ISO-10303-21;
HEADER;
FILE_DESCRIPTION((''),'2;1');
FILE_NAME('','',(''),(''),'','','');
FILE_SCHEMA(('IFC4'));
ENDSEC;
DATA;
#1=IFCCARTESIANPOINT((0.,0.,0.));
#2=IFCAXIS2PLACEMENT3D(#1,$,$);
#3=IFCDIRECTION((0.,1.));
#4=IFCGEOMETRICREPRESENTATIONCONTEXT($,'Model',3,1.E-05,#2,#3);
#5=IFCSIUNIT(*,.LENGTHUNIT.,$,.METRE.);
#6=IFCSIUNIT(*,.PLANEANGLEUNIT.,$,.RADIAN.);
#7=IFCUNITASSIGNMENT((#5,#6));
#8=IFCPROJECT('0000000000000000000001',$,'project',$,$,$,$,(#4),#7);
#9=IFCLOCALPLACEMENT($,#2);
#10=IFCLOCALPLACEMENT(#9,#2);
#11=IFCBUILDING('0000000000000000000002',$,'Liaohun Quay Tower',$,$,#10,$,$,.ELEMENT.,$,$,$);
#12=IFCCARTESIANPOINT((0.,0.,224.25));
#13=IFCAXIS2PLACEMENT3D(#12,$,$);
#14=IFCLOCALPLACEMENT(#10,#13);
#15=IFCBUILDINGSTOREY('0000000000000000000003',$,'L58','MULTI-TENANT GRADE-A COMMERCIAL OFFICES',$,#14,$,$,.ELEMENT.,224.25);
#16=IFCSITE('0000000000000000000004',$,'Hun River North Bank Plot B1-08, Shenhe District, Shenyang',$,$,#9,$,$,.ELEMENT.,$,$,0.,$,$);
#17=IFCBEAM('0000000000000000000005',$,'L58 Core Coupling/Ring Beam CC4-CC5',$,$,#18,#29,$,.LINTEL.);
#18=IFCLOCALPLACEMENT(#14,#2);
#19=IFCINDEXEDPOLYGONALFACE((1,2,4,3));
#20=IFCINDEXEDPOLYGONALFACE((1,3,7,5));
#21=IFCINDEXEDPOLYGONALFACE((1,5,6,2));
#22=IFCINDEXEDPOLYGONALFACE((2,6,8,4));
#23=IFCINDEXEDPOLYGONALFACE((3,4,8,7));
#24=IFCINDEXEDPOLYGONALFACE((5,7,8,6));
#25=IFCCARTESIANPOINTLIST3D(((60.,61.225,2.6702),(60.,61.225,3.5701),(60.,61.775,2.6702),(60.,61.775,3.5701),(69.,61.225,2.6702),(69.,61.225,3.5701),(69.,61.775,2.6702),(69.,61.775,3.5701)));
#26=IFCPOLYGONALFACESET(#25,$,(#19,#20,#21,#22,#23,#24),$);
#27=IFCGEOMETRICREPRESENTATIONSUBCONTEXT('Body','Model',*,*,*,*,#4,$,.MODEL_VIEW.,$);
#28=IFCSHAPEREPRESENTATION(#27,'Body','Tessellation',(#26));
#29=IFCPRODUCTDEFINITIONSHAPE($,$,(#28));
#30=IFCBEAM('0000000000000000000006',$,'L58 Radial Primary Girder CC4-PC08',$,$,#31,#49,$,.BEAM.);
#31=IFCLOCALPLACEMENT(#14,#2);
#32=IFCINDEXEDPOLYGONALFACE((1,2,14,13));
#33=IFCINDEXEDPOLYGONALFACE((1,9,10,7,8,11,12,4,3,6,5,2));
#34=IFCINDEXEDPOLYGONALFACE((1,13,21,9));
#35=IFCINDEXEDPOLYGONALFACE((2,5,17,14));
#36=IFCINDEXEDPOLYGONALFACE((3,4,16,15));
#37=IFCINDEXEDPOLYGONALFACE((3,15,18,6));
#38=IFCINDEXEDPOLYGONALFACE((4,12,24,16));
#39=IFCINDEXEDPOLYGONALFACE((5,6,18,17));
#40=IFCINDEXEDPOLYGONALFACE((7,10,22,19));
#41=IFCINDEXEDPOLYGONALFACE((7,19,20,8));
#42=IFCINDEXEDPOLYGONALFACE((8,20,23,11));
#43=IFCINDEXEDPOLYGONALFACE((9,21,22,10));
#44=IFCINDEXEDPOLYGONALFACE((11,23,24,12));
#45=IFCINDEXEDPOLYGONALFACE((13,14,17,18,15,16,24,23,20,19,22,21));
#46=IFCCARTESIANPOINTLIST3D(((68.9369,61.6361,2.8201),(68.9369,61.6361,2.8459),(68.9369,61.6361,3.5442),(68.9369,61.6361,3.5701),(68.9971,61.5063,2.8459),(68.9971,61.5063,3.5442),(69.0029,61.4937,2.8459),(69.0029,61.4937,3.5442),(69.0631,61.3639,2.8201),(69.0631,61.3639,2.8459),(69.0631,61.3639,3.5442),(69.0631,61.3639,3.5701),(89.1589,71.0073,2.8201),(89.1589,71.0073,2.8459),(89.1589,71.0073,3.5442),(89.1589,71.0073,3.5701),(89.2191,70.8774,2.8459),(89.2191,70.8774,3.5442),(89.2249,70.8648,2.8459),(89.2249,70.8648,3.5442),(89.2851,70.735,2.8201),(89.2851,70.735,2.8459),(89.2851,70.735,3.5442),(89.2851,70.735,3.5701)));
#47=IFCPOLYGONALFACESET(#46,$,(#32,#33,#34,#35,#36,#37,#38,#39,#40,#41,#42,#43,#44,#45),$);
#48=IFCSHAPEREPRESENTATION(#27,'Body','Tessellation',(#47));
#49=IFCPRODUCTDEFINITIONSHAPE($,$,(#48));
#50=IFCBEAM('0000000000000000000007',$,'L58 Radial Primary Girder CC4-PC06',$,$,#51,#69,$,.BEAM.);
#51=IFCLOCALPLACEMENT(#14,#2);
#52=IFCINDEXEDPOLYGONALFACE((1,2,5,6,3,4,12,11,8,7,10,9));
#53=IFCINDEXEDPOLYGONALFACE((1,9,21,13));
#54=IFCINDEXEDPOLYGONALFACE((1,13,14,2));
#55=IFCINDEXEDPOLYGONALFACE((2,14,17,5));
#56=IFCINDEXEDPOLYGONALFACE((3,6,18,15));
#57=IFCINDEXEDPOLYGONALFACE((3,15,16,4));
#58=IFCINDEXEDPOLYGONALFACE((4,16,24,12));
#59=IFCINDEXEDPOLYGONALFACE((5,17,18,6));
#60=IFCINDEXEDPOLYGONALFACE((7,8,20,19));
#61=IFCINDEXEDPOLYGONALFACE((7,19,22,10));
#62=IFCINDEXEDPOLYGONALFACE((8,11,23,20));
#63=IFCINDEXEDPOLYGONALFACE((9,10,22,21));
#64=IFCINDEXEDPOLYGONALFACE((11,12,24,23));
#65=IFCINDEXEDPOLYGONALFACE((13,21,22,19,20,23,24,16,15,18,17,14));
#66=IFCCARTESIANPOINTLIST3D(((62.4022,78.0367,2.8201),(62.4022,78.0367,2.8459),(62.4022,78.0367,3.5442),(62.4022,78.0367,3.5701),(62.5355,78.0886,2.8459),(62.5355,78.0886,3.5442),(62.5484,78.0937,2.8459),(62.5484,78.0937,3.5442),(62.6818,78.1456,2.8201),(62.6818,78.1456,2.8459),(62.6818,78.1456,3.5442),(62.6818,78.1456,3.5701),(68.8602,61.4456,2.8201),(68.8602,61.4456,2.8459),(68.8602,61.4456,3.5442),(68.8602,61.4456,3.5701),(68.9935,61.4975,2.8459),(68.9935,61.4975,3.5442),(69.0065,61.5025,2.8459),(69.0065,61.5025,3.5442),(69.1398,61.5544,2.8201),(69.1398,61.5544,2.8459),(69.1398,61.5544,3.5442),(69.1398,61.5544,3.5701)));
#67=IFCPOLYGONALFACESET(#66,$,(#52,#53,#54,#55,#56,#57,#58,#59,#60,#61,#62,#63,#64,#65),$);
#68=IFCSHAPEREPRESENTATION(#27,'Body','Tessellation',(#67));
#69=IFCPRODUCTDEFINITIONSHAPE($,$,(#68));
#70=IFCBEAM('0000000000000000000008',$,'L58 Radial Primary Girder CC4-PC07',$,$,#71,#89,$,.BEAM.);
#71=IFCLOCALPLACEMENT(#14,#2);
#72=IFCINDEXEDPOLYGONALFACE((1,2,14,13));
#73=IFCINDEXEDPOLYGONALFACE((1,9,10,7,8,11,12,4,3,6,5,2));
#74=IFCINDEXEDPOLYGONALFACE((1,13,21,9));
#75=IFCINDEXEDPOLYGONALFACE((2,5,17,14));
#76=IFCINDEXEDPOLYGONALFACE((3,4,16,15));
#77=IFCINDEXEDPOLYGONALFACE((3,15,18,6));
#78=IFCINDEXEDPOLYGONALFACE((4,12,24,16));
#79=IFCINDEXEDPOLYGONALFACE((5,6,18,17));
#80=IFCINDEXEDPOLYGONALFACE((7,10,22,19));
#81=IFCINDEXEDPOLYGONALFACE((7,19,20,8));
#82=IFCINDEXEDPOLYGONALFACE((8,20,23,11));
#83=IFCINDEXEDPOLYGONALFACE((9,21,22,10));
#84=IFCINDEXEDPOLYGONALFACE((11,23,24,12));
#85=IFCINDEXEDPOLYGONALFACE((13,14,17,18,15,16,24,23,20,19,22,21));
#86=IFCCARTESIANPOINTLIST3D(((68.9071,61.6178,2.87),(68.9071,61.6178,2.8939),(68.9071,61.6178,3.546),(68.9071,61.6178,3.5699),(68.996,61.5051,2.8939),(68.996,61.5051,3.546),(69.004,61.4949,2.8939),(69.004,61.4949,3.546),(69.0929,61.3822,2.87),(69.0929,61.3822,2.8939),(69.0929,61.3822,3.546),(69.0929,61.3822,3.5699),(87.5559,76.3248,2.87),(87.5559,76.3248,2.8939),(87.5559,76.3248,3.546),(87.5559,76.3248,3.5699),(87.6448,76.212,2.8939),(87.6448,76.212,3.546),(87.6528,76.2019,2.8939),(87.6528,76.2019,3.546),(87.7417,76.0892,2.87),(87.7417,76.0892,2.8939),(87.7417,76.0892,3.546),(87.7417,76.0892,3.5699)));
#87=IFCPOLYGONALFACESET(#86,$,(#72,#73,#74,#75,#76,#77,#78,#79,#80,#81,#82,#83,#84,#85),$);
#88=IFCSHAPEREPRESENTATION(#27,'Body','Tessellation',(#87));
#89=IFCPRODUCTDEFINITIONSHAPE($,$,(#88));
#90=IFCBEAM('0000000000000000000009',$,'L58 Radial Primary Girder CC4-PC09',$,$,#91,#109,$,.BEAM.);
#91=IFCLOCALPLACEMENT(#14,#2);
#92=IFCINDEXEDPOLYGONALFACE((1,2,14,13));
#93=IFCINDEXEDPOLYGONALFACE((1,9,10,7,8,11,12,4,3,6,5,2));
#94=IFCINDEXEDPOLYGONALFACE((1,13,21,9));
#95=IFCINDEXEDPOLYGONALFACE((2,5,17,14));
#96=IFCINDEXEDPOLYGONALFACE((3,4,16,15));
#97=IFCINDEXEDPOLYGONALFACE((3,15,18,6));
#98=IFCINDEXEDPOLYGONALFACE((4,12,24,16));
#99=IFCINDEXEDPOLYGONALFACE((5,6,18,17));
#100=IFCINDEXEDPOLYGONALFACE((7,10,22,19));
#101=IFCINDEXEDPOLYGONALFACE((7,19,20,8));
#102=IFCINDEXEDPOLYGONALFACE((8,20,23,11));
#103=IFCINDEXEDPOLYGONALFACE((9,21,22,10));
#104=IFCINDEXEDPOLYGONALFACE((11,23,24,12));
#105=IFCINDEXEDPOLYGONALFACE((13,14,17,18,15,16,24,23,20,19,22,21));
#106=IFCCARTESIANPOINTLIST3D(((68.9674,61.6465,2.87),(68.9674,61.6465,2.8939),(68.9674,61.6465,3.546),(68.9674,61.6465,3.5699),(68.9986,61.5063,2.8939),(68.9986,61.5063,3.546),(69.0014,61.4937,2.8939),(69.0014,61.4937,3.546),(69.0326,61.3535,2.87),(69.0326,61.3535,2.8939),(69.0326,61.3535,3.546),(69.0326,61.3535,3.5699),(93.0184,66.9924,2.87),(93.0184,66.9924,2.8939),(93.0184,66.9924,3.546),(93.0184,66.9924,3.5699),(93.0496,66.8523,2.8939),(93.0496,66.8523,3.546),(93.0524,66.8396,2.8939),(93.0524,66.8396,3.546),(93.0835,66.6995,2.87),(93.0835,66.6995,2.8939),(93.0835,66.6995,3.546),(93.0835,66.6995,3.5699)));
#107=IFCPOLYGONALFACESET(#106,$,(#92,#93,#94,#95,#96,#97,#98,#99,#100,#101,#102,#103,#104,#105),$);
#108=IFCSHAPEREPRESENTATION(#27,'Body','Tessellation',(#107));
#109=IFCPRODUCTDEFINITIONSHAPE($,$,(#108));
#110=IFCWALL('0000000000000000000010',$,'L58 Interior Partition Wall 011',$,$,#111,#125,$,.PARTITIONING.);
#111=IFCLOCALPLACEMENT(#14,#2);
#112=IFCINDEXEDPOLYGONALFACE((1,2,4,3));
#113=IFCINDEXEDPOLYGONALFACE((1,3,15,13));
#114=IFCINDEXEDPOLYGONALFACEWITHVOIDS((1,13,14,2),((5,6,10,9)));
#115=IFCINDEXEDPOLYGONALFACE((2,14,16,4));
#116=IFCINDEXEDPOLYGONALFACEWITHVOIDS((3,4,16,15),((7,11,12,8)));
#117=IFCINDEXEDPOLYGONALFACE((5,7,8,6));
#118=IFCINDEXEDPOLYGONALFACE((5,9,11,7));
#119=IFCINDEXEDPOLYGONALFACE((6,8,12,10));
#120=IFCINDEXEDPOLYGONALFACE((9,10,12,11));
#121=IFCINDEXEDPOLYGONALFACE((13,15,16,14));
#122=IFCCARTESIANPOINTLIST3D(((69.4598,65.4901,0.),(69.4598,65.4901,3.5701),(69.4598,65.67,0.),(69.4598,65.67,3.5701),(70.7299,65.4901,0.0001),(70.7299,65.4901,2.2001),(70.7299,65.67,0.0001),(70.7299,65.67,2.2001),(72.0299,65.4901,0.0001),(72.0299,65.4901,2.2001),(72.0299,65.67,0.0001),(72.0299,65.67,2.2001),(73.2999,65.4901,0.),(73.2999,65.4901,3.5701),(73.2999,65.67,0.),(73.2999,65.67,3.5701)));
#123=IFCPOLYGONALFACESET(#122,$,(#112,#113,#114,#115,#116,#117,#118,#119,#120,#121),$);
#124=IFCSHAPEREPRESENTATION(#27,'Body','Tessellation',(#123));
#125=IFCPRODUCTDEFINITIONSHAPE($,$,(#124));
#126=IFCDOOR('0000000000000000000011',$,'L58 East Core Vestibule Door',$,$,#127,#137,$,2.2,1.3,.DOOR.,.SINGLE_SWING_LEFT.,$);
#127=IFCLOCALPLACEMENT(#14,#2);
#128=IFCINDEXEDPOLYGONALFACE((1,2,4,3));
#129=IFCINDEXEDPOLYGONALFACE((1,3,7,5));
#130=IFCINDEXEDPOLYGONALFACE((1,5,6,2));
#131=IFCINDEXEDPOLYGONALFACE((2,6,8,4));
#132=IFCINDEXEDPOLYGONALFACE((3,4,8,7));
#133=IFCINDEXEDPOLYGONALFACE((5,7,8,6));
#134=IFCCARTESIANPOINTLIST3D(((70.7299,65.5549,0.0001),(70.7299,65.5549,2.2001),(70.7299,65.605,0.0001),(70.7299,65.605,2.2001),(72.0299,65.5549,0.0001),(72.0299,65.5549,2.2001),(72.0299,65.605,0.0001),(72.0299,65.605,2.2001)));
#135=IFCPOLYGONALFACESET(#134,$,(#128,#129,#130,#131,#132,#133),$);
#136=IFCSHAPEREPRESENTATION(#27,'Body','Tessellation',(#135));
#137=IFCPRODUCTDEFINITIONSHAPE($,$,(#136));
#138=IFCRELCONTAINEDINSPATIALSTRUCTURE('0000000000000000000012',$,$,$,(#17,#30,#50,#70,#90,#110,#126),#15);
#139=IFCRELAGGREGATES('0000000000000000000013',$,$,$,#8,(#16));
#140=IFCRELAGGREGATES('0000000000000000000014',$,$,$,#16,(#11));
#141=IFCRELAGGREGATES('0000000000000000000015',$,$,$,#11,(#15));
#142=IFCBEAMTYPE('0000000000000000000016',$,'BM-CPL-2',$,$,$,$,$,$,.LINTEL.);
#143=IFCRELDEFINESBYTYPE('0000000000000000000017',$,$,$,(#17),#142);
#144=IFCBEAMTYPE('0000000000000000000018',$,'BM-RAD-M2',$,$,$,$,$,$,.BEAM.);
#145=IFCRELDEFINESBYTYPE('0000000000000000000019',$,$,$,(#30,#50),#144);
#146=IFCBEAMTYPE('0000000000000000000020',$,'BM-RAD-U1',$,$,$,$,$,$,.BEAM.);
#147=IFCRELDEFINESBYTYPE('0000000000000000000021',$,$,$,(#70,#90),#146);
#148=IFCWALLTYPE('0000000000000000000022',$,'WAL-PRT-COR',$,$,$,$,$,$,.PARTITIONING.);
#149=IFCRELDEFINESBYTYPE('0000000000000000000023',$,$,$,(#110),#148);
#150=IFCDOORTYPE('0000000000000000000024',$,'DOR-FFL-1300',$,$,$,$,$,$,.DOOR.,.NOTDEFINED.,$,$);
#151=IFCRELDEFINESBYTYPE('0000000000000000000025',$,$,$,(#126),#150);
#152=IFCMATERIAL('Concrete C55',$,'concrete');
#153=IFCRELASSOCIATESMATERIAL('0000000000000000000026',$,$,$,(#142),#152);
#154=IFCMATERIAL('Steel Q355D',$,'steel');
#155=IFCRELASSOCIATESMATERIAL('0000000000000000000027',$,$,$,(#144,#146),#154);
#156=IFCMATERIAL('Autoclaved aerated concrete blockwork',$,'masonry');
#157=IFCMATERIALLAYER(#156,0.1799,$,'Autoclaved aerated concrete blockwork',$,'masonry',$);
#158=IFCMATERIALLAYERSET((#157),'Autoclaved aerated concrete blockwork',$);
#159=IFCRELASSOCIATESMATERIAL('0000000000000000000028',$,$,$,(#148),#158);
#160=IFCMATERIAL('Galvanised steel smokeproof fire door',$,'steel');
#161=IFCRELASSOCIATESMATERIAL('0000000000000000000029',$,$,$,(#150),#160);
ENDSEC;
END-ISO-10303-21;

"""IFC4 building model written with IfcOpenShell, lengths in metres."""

from ifc_helpers import new_model, si_unit, direction, frame, frame_2d, origin, origin_2d, place, context, subcontext, project, spatial, rectangle, i_section, extrude, source, transform, mapped, material, layer, layer_set, material_profile, profile_set, type_object, element, fill, save


model = new_model("IFC4")

# Units and contexts
model_context = context("Model", 3, precision=1e-05, world=origin(), true_north=direction((0.0, 1.0)))
body_context = subcontext(model_context, "Body", "Model", "MODEL_VIEW")
ifc_project = project(units=[si_unit("LENGTHUNIT", "METRE"), si_unit("PLANEANGLEUNIT", "RADIAN")], contexts=[model_context])

# Site, building, storey
site_placement = place(None, origin())
site = spatial("IfcSite", under=ifc_project, at=site_placement, Name="Hun River North Bank Plot B1-08, Shenhe District, Shenyang", CompositionType="ELEMENT", RefElevation=0.0)
building_placement = place(site_placement, origin())
building = spatial("IfcBuilding", under=site, at=building_placement, Name="Liaohun Quay Tower", CompositionType="ELEMENT")
storey_placement = place(building_placement, frame((0.0, 0.0, 224.25)))
storey = spatial("IfcBuildingStorey", under=building, at=storey_placement, Name="L58", Description="MULTI-TENANT GRADE-A COMMERCIAL OFFICES", CompositionType="ELEMENT", Elevation=224.25)

# Beams
ifc_material_1 = material(Name="Concrete C55", Category="concrete")
ifc_material_profile_1 = material_profile(ifc_material_1, rectangle(XDim=0.55, YDim=0.8999, at=origin_2d()), Name="RC550x900")
ifc_profile_set_1 = profile_set([ifc_material_profile_1], Name="Concrete C55")
beam_type_1 = type_object("IfcBeamType", Name="BM-CPL-2", PredefinedType="LINTEL", material=ifc_profile_set_1)
shared_shape_1 = source(origin(), body_context, "Body", "SweptSolid", [
    extrude(rectangle(XDim=0.55, YDim=0.8999, at=origin_2d()), origin(), (0.0, 0.0, 1.0), 9.0),
])
beam_1_placement = place(storey_placement, frame((69.0, 61.5, 3.1201), z_axis=(-1.0, 0.0, 0.0), x_axis=(0.0, -1.0, 0.0)))
element("IfcBeam", 1, at=beam_1_placement, inside=storey, type_object=beam_type_1, Name="L58 Core Coupling/Ring Beam CC4-CC5", PredefinedType="LINTEL", context=body_context, shape_type="MappedRepresentation", body=[
    mapped(shared_shape_1, transform((0.0, 0.0, 0.0), x_axis=(1.0, 0.0, 0.0), y_axis=(0.0, 1.0, 0.0), z_axis=(0.0, 0.0, 1.0), scale=1.0)),
])
ifc_material_2 = material(Name="Steel Q355D", Category="steel")
ifc_material_profile_2 = material_profile(ifc_material_2, i_section(OverallWidth=0.3, OverallDepth=0.75, WebThickness=0.0139, FlangeThickness=0.0259, at=origin_2d()), Name="HN750x300x14x26")
ifc_profile_set_2 = profile_set([ifc_material_profile_2], Name="Steel Q355D")
beam_type_2 = type_object("IfcBeamType", Name="BM-RAD-M2", PredefinedType="BEAM", material=ifc_profile_set_2)
shared_shape_2 = source(origin(), body_context, "Body", "SweptSolid", [
    extrude(i_section(OverallWidth=0.3, OverallDepth=0.75, WebThickness=0.0139, FlangeThickness=0.0259, at=origin_2d()), origin(), (0.0, 0.0, 1.0), 22.2878),
])
beam_2_placement = place(storey_placement, frame((69.0, 61.5, 3.1951), z_axis=(0.907311, 0.420459, 0.0), x_axis=(-0.420459, 0.907311, 0.0)))
element("IfcBeam", 2, at=beam_2_placement, inside=storey, type_object=beam_type_2, Name="L58 Radial Primary Girder CC4-PC08", PredefinedType="BEAM", context=body_context, shape_type="MappedRepresentation", body=[
    mapped(shared_shape_2, transform((0.0, 0.0, 0.0), x_axis=(1.0, 0.0, 0.0), y_axis=(0.0, 1.0, 0.0), z_axis=(0.0, 0.0, 1.0), scale=1.0)),
])
shared_shape_3 = source(origin(), body_context, "Body", "SweptSolid", [
    extrude(i_section(OverallWidth=0.3, OverallDepth=0.75, WebThickness=0.0139, FlangeThickness=0.0259, at=origin_2d()), origin(), (0.0, 0.0, 1.0), 17.8037),
])
beam_3_placement = place(storey_placement, frame((69.0, 61.5, 3.1951), z_axis=(-0.362735, 0.931892, 0.0), x_axis=(-0.931892, -0.362735, 0.0)))
element("IfcBeam", 3, at=beam_3_placement, inside=storey, type_object=beam_type_2, Name="L58 Radial Primary Girder CC4-PC06", PredefinedType="BEAM", context=body_context, shape_type="MappedRepresentation", body=[
    mapped(shared_shape_3, transform((0.0, 0.0, 0.0), x_axis=(1.0, 0.0, 0.0), y_axis=(0.0, 1.0, 0.0), z_axis=(0.0, 0.0, 1.0), scale=1.0)),
])
ifc_material_profile_3 = material_profile(ifc_material_2, i_section(OverallWidth=0.3, OverallDepth=0.7, WebThickness=0.0129, FlangeThickness=0.0239, at=origin_2d()), Name="HN700x300x13x24")
ifc_profile_set_3 = profile_set([ifc_material_profile_3], Name="Steel Q355D")
beam_type_3 = type_object("IfcBeamType", Name="BM-RAD-U1", PredefinedType="BEAM", material=ifc_profile_set_3)
shared_shape_4 = source(origin(), body_context, "Body", "SweptSolid", [
    extrude(i_section(OverallWidth=0.3, OverallDepth=0.7, WebThickness=0.0129, FlangeThickness=0.0239, at=origin_2d()), origin(), (0.0, 0.0, 1.0), 23.7502),
])
beam_4_placement = place(storey_placement, frame((69.0, 61.5, 3.22), z_axis=(0.785206, 0.619234, 0.0), x_axis=(-0.619234, 0.785206, 0.0)))
element("IfcBeam", 4, at=beam_4_placement, inside=storey, type_object=beam_type_3, Name="L58 Radial Primary Girder CC4-PC07", PredefinedType="BEAM", context=body_context, shape_type="MappedRepresentation", body=[
    mapped(shared_shape_4, transform((0.0, 0.0, 0.0), x_axis=(1.0, 0.0, 0.0), y_axis=(0.0, 1.0, 0.0), z_axis=(0.0, 0.0, 1.0), scale=1.0)),
])
shared_shape_5 = source(origin(), body_context, "Body", "SweptSolid", [
    extrude(i_section(OverallWidth=0.3, OverallDepth=0.7, WebThickness=0.0129, FlangeThickness=0.0239, at=origin_2d()), origin(), (0.0, 0.0, 1.0), 24.6379),
])
beam_5_placement = place(storey_placement, frame((69.0, 61.5, 3.22), z_axis=(0.976176, 0.21698, 0.0), x_axis=(-0.21698, 0.976176, 0.0)))
element("IfcBeam", 5, at=beam_5_placement, inside=storey, type_object=beam_type_3, Name="L58 Radial Primary Girder CC4-PC09", PredefinedType="BEAM", context=body_context, shape_type="MappedRepresentation", body=[
    mapped(shared_shape_5, transform((0.0, 0.0, 0.0), x_axis=(1.0, 0.0, 0.0), y_axis=(0.0, 1.0, 0.0), z_axis=(0.0, 0.0, 1.0), scale=1.0)),
])

# Wall, opening, door
ifc_material_3 = material(Name="Autoclaved aerated concrete blockwork", Category="masonry")
ifc_layer_1 = layer(ifc_material_3, 0.1799, Name="Autoclaved aerated concrete blockwork", Category="masonry")
ifc_layer_set_1 = layer_set([ifc_layer_1], Name="Autoclaved aerated concrete blockwork")
wall_type_1 = type_object("IfcWallType", Name="WAL-PRT-COR", PredefinedType="PARTITIONING", material=ifc_layer_set_1)
wall_1_placement = place(storey_placement, frame((69.46, 65.5801, 0.0), z_axis=(0.0, 0.0, 1.0), x_axis=(1.0, 0.0, 0.0)))
wall_1 = element("IfcWall", 6, at=wall_1_placement, inside=storey, type_object=wall_type_1, Name="L58 Interior Partition Wall 011", PredefinedType="PARTITIONING", context=body_context, shape_type="SweptSolid", body=[
    extrude(rectangle(XDim=3.8401, YDim=0.1799, at=frame_2d((1.9199, 0.0))), origin(), (0.0, 0.0, 1.0), 3.5701),
])
shared_shape_6 = source(origin(), body_context, "Body", "SweptSolid", [
    extrude(rectangle(XDim=1.3, YDim=2.2, at=frame_2d((0.6499, 1.1001))), frame((0.0, 0.0999, 0.0), z_axis=(0.0, -1.0, 0.0), x_axis=(1.0, 0.0, 0.0)), (0.0, 0.0, 1.0), 0.2),
])
opening_1_placement = place(wall_1_placement, frame((1.27, 0.0, 0.0)))
opening_1 = element("IfcOpeningElement", 7, at=opening_1_placement, cuts=wall_1, PredefinedType="OPENING", context=body_context, shape_type="MappedRepresentation", body=[
    mapped(shared_shape_6, transform((0.0, 0.0, 0.0), x_axis=(1.0, 0.0, 0.0), y_axis=(0.0, 1.0, 0.0), z_axis=(0.0, 0.0, 1.0), scale=1.0)),
])
ifc_material_4 = material(Name="Galvanised steel smokeproof fire door", Category="steel")
door_type_1 = type_object("IfcDoorType", Name="DOR-FFL-1300", OperationType="NOTDEFINED", PredefinedType="DOOR", material=ifc_material_4)
shared_shape_7 = source(origin(), body_context, "Body", "SweptSolid", [
    extrude(rectangle(XDim=1.3, YDim=2.2, at=frame_2d((0.6499, 1.1001))), frame((0.0, 0.0249, 0.0), z_axis=(0.0, -1.0, 0.0), x_axis=(1.0, 0.0, 0.0)), (0.0, 0.0, 1.0), 0.05),
])
door_1_placement = place(opening_1_placement, origin())
door_1 = element("IfcDoor", 8, at=door_1_placement, inside=storey, type_object=door_type_1, Name="L58 East Core Vestibule Door", OperationType="SINGLE_SWING_LEFT", OverallHeight=2.2, OverallWidth=1.3, PredefinedType="DOOR", context=body_context, shape_type="MappedRepresentation", body=[
    mapped(shared_shape_7, transform((0.0, 0.0, 0.0), x_axis=(1.0, 0.0, 0.0), y_axis=(0.0, 1.0, 0.0), z_axis=(0.0, 0.0, 1.0), scale=1.0)),
])
fill(opening_1, door_1)

save(model, "model.ifc")
